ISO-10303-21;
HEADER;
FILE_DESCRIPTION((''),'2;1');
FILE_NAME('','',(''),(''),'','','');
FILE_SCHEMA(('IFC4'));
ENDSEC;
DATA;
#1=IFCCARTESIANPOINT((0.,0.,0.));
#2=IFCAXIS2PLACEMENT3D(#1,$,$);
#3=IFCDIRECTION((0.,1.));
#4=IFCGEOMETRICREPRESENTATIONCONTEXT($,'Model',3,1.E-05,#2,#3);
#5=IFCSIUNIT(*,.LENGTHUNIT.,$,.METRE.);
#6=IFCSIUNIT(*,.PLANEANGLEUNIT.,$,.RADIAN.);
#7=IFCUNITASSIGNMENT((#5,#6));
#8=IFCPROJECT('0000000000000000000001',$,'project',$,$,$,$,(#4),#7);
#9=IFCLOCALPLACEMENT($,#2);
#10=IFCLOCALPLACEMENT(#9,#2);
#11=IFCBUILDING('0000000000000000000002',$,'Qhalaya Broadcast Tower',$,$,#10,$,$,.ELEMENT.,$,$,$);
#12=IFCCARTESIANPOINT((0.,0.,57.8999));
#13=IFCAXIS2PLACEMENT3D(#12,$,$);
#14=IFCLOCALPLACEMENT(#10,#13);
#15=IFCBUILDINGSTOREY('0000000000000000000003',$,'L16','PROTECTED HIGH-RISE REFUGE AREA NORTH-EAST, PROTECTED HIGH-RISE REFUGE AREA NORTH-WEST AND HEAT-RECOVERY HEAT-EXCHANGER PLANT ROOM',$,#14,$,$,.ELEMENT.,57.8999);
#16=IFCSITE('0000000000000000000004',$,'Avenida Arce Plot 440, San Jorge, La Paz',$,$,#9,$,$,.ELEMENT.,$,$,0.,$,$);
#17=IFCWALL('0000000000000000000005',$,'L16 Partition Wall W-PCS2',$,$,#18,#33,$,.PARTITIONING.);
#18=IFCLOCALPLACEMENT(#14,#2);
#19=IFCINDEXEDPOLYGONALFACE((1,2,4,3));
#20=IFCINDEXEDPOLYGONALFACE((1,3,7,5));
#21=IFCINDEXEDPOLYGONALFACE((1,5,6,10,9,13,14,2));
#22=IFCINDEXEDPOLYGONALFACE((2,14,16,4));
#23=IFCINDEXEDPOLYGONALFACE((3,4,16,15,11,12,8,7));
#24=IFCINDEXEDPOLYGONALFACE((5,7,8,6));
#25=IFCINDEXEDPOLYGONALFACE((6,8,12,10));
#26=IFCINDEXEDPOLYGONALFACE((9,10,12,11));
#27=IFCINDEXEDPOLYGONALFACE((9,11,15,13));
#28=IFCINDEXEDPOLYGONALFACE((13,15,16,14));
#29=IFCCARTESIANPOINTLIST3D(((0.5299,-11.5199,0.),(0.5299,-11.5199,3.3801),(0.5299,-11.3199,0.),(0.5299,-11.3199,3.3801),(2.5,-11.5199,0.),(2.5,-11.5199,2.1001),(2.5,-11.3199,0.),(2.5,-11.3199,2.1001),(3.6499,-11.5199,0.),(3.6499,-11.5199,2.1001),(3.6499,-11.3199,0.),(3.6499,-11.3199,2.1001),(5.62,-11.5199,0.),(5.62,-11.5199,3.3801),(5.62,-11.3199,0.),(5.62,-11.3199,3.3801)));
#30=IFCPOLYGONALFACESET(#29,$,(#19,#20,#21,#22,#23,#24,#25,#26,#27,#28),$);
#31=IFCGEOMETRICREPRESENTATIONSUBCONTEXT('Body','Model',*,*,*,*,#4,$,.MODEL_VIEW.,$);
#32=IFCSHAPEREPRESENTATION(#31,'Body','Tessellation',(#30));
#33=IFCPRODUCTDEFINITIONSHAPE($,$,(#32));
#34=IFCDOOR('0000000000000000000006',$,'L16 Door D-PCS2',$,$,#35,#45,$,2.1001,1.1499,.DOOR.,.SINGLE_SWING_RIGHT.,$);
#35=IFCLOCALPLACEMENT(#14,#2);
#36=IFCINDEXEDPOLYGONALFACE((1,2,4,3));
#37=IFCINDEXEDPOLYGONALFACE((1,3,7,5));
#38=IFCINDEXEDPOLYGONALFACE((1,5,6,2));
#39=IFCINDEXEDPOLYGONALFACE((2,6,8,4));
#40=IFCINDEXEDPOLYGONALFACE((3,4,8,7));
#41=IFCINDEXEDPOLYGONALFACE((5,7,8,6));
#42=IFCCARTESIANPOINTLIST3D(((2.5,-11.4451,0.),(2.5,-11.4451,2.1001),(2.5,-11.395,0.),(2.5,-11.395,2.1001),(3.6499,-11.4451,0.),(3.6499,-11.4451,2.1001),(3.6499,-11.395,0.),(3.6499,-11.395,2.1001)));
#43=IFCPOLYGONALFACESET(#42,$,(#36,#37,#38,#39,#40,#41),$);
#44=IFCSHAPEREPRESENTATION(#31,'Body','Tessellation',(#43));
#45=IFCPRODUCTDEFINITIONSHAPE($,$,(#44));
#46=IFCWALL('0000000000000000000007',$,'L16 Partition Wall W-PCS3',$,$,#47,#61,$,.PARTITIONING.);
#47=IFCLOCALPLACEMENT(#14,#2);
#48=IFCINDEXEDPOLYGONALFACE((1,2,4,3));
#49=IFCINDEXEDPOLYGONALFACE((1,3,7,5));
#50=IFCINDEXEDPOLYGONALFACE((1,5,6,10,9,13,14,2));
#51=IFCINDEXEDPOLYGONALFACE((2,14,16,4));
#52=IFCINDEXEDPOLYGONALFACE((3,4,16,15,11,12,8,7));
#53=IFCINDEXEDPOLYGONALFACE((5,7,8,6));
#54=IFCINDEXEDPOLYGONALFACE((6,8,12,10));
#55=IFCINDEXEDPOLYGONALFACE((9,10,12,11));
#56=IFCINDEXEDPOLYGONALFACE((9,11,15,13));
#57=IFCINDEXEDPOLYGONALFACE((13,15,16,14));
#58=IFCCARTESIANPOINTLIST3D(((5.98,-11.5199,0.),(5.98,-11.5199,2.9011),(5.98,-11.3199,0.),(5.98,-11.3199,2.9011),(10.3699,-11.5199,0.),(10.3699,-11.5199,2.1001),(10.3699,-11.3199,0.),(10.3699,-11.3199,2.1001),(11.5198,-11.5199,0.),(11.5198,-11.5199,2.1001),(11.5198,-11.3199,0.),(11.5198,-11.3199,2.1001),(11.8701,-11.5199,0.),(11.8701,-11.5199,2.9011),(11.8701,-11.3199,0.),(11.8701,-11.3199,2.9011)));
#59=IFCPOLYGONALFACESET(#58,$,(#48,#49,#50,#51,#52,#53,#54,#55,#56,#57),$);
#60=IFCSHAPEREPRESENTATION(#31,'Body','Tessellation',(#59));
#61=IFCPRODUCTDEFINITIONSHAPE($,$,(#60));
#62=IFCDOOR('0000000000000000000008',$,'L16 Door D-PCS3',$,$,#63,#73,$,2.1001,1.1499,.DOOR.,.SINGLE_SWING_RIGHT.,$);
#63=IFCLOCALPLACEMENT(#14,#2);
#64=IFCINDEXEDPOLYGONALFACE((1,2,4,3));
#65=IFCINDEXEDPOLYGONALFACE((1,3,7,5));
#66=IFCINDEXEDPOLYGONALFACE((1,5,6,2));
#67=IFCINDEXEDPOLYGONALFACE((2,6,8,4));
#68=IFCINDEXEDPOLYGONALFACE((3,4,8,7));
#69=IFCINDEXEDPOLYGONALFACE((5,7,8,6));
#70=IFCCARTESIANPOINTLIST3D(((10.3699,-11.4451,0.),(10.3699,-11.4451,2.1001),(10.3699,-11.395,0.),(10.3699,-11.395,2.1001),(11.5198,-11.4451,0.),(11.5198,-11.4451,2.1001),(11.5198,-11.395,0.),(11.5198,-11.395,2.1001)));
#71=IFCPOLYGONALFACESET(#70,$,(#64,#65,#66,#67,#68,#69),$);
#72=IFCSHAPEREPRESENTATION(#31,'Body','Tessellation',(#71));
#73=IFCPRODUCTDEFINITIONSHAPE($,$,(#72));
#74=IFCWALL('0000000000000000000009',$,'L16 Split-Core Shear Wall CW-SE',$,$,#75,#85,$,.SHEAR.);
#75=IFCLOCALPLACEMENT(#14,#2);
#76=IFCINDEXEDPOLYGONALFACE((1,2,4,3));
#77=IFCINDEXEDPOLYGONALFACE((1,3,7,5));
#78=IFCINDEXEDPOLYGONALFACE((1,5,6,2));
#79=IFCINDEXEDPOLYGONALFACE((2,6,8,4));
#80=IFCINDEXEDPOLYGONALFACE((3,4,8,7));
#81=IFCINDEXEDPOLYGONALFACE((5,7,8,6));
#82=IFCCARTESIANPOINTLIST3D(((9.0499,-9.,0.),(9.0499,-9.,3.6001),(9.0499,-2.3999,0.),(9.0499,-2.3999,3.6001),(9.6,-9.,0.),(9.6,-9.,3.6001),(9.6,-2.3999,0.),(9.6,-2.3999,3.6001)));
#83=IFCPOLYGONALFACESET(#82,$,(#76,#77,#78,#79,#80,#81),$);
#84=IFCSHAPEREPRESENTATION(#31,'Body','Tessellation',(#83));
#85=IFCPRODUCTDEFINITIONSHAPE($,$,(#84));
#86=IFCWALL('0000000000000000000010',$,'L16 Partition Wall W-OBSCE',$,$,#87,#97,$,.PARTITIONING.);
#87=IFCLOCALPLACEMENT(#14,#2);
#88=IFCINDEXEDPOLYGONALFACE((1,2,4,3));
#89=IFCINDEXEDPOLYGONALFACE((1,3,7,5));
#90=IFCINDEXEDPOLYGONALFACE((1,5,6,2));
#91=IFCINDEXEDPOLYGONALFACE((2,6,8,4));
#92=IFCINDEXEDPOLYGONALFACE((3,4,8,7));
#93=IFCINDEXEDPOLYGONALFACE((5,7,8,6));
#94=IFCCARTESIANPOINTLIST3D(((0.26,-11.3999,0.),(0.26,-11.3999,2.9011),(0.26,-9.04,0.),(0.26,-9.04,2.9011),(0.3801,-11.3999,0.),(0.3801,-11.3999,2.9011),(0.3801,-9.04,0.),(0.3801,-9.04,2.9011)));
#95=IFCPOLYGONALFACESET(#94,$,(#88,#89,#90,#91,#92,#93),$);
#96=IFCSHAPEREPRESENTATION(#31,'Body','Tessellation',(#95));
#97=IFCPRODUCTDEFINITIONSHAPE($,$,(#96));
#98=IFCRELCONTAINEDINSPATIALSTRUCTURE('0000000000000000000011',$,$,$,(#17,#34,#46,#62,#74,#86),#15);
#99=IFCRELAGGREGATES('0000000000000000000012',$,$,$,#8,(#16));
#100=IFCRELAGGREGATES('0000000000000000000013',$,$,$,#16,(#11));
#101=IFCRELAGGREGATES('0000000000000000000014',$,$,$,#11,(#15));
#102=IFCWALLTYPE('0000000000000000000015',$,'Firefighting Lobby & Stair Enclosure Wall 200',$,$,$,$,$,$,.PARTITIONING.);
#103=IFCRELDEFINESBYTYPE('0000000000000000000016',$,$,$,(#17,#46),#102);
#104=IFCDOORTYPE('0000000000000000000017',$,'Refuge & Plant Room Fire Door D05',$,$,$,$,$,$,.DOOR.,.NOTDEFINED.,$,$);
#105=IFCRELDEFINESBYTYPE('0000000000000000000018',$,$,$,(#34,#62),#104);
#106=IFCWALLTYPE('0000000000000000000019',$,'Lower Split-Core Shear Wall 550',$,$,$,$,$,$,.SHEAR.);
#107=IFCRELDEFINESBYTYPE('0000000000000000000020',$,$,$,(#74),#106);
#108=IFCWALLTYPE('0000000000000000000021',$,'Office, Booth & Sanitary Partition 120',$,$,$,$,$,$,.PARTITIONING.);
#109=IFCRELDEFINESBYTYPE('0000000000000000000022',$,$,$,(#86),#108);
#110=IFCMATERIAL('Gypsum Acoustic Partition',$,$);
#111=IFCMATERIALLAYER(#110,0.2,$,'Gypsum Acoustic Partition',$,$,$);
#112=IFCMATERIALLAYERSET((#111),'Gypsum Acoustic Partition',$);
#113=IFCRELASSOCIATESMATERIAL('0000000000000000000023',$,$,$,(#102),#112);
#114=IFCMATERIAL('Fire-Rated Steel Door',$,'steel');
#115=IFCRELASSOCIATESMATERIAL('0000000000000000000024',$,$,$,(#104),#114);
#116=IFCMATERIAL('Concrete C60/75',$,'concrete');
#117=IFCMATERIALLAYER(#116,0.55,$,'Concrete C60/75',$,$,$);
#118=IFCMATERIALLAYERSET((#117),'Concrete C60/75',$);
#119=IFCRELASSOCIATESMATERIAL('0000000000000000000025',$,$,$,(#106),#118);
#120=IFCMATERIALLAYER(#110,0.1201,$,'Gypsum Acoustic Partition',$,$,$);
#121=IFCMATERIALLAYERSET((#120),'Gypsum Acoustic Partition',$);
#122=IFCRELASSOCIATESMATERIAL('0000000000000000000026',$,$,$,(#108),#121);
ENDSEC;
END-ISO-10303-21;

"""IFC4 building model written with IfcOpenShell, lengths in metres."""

from ifc_helpers import new_model, si_unit, direction, frame, frame_2d, origin, place, context, subcontext, project, spatial, rectangle, extrude, material, layer, layer_set, type_object, element, fill, save


model = new_model("IFC4")

# Units and contexts
model_context = context("Model", 3, precision=1e-05, world=origin(), true_north=direction((0.0, 1.0)))
body_context = subcontext(model_context, "Body", "Model", "MODEL_VIEW")
ifc_project = project(units=[si_unit("LENGTHUNIT", "METRE"), si_unit("PLANEANGLEUNIT", "RADIAN")], contexts=[model_context])

# Site, building, storey
site_placement = place(None, origin())
site = spatial("IfcSite", under=ifc_project, at=site_placement, Name="Avenida Arce Plot 440, San Jorge, La Paz", CompositionType="ELEMENT", RefElevation=0.0)
building_placement = place(site_placement, origin())
building = spatial("IfcBuilding", under=site, at=building_placement, Name="Qhalaya Broadcast Tower", CompositionType="ELEMENT")
storey_placement = place(building_placement, frame((0.0, 0.0, 57.8999)))
storey = spatial("IfcBuildingStorey", under=building, at=storey_placement, Name="L16", Description="PROTECTED HIGH-RISE REFUGE AREA NORTH-EAST, PROTECTED HIGH-RISE REFUGE AREA NORTH-WEST AND HEAT-RECOVERY HEAT-EXCHANGER PLANT ROOM", CompositionType="ELEMENT", Elevation=57.8999)

# Walls, openings, doors
ifc_material_1 = material(Name="Gypsum Acoustic Partition")
ifc_layer_1 = layer(ifc_material_1, 0.2, Name="Gypsum Acoustic Partition")
ifc_layer_set_1 = layer_set([ifc_layer_1], Name="Gypsum Acoustic Partition")
wall_type_1 = type_object("IfcWallType", Name="Firefighting Lobby & Stair Enclosure Wall 200", PredefinedType="PARTITIONING", material=ifc_layer_set_1)
wall_1_placement = place(storey_placement, frame((0.53, -11.4199, 0.0), z_axis=(0.0, 0.0, 1.0), x_axis=(1.0, 0.0, 0.0)))
wall_1 = element("IfcWall", 1, at=wall_1_placement, inside=storey, type_object=wall_type_1, Name="L16 Partition Wall W-PCS2", PredefinedType="PARTITIONING", context=body_context, shape_type="SweptSolid", body=[
    extrude(rectangle(XDim=5.0901, YDim=0.2, at=frame_2d((2.5449, 0.0))), origin(), (0.0, 0.0, 1.0), 3.3801),
])
opening_1_placement = place(wall_1_placement, frame((1.97, 0.0, 0.0)))
opening_1 = element("IfcOpeningElement", 2, at=opening_1_placement, cuts=wall_1, PredefinedType="OPENING", context=body_context, shape_type="SweptSolid", body=[
    extrude(rectangle(XDim=1.1499, YDim=2.1001, at=frame_2d((0.575, 1.05))), frame((0.0, 0.1121, 0.0), z_axis=(0.0, -1.0, 0.0), x_axis=(1.0, 0.0, 0.0)), (0.0, 0.0, 1.0), 0.2239),
])
ifc_material_2 = material(Name="Fire-Rated Steel Door", Category="steel")
door_type = type_object("IfcDoorType", Name="Refuge & Plant Room Fire Door D05", OperationType="NOTDEFINED", PredefinedType="DOOR", material=ifc_material_2)
door_1_placement = place(opening_1_placement, origin())
door_1 = element("IfcDoor", 3, at=door_1_placement, inside=storey, type_object=door_type, Name="L16 Door D-PCS2", OperationType="SINGLE_SWING_RIGHT", OverallHeight=2.1001, OverallWidth=1.1499, PredefinedType="DOOR", context=body_context, shape_type="SweptSolid", body=[
    extrude(rectangle(XDim=1.1499, YDim=2.1001, at=frame_2d((0.575, 1.05))), frame((0.0, 0.0249, 0.0), z_axis=(0.0, -1.0, 0.0), x_axis=(1.0, 0.0, 0.0)), (0.0, 0.0, 1.0), 0.05),
])
fill(opening_1, door_1)
wall_2_placement = place(storey_placement, frame((5.98, -11.4199, 0.0), z_axis=(0.0, 0.0, 1.0), x_axis=(1.0, 0.0, 0.0)))
wall_2 = element("IfcWall", 4, at=wall_2_placement, inside=storey, type_object=wall_type_1, Name="L16 Partition Wall W-PCS3", PredefinedType="PARTITIONING", context=body_context, shape_type="SweptSolid", body=[
    extrude(rectangle(XDim=5.8901, YDim=0.2, at=frame_2d((2.9451, 0.0))), origin(), (0.0, 0.0, 1.0), 2.9011),
])
opening_2_placement = place(wall_2_placement, frame((4.3899, 0.0, 0.0)))
opening_2 = element("IfcOpeningElement", 5, at=opening_2_placement, cuts=wall_2, PredefinedType="OPENING", context=body_context, shape_type="SweptSolid", body=[
    extrude(rectangle(XDim=1.1499, YDim=2.1001, at=frame_2d((0.575, 1.05))), frame((0.0, 0.1121, 0.0), z_axis=(0.0, -1.0, 0.0), x_axis=(1.0, 0.0, 0.0)), (0.0, 0.0, 1.0), 0.2239),
])
door_2_placement = place(opening_2_placement, origin())
door_2 = element("IfcDoor", 6, at=door_2_placement, inside=storey, type_object=door_type, Name="L16 Door D-PCS3", OperationType="SINGLE_SWING_RIGHT", OverallHeight=2.1001, OverallWidth=1.1499, PredefinedType="DOOR", context=body_context, shape_type="SweptSolid", body=[
    extrude(rectangle(XDim=1.1499, YDim=2.1001, at=frame_2d((0.575, 1.05))), frame((0.0, 0.0249, 0.0), z_axis=(0.0, -1.0, 0.0), x_axis=(1.0, 0.0, 0.0)), (0.0, 0.0, 1.0), 0.05),
])
fill(opening_2, door_2)

# Walls
ifc_material_3 = material(Name="Concrete C60/75", Category="concrete")
ifc_layer_2 = layer(ifc_material_3, 0.55, Name="Concrete C60/75")
ifc_layer_set_2 = layer_set([ifc_layer_2], Name="Concrete C60/75")
wall_type_2 = type_object("IfcWallType", Name="Lower Split-Core Shear Wall 550", PredefinedType="SHEAR", material=ifc_layer_set_2)
wall_3_placement = place(storey_placement, frame((9.325, -9.0, 0.0), z_axis=(0.0, 0.0, 1.0), x_axis=(0.0, 1.0, 0.0)))
element("IfcWall", 7, at=wall_3_placement, inside=storey, type_object=wall_type_2, Name="L16 Split-Core Shear Wall CW-SE", PredefinedType="SHEAR", context=body_context, shape_type="SweptSolid", body=[
    extrude(rectangle(XDim=6.6001, YDim=0.55, at=frame_2d((3.3, 0.0))), origin(), (0.0, 0.0, 1.0), 3.6001),
])
ifc_layer_3 = layer(ifc_material_1, 0.1201, Name="Gypsum Acoustic Partition")
ifc_layer_set_3 = layer_set([ifc_layer_3], Name="Gypsum Acoustic Partition")
wall_type_3 = type_object("IfcWallType", Name="Office, Booth & Sanitary Partition 120", PredefinedType="PARTITIONING", material=ifc_layer_set_3)
wall_4_placement = place(storey_placement, frame((0.3201, -11.3999, 0.0), z_axis=(0.0, 0.0, 1.0), x_axis=(0.0, 1.0, 0.0)))
element("IfcWall", 8, at=wall_4_placement, inside=storey, type_object=wall_type_3, Name="L16 Partition Wall W-OBSCE", PredefinedType="PARTITIONING", context=body_context, shape_type="SweptSolid", body=[
    extrude(rectangle(XDim=2.3599, YDim=0.1201, at=frame_2d((1.1799, 0.0))), origin(), (0.0, 0.0, 1.0), 2.9011),
])

save(model, "model.ifc")
